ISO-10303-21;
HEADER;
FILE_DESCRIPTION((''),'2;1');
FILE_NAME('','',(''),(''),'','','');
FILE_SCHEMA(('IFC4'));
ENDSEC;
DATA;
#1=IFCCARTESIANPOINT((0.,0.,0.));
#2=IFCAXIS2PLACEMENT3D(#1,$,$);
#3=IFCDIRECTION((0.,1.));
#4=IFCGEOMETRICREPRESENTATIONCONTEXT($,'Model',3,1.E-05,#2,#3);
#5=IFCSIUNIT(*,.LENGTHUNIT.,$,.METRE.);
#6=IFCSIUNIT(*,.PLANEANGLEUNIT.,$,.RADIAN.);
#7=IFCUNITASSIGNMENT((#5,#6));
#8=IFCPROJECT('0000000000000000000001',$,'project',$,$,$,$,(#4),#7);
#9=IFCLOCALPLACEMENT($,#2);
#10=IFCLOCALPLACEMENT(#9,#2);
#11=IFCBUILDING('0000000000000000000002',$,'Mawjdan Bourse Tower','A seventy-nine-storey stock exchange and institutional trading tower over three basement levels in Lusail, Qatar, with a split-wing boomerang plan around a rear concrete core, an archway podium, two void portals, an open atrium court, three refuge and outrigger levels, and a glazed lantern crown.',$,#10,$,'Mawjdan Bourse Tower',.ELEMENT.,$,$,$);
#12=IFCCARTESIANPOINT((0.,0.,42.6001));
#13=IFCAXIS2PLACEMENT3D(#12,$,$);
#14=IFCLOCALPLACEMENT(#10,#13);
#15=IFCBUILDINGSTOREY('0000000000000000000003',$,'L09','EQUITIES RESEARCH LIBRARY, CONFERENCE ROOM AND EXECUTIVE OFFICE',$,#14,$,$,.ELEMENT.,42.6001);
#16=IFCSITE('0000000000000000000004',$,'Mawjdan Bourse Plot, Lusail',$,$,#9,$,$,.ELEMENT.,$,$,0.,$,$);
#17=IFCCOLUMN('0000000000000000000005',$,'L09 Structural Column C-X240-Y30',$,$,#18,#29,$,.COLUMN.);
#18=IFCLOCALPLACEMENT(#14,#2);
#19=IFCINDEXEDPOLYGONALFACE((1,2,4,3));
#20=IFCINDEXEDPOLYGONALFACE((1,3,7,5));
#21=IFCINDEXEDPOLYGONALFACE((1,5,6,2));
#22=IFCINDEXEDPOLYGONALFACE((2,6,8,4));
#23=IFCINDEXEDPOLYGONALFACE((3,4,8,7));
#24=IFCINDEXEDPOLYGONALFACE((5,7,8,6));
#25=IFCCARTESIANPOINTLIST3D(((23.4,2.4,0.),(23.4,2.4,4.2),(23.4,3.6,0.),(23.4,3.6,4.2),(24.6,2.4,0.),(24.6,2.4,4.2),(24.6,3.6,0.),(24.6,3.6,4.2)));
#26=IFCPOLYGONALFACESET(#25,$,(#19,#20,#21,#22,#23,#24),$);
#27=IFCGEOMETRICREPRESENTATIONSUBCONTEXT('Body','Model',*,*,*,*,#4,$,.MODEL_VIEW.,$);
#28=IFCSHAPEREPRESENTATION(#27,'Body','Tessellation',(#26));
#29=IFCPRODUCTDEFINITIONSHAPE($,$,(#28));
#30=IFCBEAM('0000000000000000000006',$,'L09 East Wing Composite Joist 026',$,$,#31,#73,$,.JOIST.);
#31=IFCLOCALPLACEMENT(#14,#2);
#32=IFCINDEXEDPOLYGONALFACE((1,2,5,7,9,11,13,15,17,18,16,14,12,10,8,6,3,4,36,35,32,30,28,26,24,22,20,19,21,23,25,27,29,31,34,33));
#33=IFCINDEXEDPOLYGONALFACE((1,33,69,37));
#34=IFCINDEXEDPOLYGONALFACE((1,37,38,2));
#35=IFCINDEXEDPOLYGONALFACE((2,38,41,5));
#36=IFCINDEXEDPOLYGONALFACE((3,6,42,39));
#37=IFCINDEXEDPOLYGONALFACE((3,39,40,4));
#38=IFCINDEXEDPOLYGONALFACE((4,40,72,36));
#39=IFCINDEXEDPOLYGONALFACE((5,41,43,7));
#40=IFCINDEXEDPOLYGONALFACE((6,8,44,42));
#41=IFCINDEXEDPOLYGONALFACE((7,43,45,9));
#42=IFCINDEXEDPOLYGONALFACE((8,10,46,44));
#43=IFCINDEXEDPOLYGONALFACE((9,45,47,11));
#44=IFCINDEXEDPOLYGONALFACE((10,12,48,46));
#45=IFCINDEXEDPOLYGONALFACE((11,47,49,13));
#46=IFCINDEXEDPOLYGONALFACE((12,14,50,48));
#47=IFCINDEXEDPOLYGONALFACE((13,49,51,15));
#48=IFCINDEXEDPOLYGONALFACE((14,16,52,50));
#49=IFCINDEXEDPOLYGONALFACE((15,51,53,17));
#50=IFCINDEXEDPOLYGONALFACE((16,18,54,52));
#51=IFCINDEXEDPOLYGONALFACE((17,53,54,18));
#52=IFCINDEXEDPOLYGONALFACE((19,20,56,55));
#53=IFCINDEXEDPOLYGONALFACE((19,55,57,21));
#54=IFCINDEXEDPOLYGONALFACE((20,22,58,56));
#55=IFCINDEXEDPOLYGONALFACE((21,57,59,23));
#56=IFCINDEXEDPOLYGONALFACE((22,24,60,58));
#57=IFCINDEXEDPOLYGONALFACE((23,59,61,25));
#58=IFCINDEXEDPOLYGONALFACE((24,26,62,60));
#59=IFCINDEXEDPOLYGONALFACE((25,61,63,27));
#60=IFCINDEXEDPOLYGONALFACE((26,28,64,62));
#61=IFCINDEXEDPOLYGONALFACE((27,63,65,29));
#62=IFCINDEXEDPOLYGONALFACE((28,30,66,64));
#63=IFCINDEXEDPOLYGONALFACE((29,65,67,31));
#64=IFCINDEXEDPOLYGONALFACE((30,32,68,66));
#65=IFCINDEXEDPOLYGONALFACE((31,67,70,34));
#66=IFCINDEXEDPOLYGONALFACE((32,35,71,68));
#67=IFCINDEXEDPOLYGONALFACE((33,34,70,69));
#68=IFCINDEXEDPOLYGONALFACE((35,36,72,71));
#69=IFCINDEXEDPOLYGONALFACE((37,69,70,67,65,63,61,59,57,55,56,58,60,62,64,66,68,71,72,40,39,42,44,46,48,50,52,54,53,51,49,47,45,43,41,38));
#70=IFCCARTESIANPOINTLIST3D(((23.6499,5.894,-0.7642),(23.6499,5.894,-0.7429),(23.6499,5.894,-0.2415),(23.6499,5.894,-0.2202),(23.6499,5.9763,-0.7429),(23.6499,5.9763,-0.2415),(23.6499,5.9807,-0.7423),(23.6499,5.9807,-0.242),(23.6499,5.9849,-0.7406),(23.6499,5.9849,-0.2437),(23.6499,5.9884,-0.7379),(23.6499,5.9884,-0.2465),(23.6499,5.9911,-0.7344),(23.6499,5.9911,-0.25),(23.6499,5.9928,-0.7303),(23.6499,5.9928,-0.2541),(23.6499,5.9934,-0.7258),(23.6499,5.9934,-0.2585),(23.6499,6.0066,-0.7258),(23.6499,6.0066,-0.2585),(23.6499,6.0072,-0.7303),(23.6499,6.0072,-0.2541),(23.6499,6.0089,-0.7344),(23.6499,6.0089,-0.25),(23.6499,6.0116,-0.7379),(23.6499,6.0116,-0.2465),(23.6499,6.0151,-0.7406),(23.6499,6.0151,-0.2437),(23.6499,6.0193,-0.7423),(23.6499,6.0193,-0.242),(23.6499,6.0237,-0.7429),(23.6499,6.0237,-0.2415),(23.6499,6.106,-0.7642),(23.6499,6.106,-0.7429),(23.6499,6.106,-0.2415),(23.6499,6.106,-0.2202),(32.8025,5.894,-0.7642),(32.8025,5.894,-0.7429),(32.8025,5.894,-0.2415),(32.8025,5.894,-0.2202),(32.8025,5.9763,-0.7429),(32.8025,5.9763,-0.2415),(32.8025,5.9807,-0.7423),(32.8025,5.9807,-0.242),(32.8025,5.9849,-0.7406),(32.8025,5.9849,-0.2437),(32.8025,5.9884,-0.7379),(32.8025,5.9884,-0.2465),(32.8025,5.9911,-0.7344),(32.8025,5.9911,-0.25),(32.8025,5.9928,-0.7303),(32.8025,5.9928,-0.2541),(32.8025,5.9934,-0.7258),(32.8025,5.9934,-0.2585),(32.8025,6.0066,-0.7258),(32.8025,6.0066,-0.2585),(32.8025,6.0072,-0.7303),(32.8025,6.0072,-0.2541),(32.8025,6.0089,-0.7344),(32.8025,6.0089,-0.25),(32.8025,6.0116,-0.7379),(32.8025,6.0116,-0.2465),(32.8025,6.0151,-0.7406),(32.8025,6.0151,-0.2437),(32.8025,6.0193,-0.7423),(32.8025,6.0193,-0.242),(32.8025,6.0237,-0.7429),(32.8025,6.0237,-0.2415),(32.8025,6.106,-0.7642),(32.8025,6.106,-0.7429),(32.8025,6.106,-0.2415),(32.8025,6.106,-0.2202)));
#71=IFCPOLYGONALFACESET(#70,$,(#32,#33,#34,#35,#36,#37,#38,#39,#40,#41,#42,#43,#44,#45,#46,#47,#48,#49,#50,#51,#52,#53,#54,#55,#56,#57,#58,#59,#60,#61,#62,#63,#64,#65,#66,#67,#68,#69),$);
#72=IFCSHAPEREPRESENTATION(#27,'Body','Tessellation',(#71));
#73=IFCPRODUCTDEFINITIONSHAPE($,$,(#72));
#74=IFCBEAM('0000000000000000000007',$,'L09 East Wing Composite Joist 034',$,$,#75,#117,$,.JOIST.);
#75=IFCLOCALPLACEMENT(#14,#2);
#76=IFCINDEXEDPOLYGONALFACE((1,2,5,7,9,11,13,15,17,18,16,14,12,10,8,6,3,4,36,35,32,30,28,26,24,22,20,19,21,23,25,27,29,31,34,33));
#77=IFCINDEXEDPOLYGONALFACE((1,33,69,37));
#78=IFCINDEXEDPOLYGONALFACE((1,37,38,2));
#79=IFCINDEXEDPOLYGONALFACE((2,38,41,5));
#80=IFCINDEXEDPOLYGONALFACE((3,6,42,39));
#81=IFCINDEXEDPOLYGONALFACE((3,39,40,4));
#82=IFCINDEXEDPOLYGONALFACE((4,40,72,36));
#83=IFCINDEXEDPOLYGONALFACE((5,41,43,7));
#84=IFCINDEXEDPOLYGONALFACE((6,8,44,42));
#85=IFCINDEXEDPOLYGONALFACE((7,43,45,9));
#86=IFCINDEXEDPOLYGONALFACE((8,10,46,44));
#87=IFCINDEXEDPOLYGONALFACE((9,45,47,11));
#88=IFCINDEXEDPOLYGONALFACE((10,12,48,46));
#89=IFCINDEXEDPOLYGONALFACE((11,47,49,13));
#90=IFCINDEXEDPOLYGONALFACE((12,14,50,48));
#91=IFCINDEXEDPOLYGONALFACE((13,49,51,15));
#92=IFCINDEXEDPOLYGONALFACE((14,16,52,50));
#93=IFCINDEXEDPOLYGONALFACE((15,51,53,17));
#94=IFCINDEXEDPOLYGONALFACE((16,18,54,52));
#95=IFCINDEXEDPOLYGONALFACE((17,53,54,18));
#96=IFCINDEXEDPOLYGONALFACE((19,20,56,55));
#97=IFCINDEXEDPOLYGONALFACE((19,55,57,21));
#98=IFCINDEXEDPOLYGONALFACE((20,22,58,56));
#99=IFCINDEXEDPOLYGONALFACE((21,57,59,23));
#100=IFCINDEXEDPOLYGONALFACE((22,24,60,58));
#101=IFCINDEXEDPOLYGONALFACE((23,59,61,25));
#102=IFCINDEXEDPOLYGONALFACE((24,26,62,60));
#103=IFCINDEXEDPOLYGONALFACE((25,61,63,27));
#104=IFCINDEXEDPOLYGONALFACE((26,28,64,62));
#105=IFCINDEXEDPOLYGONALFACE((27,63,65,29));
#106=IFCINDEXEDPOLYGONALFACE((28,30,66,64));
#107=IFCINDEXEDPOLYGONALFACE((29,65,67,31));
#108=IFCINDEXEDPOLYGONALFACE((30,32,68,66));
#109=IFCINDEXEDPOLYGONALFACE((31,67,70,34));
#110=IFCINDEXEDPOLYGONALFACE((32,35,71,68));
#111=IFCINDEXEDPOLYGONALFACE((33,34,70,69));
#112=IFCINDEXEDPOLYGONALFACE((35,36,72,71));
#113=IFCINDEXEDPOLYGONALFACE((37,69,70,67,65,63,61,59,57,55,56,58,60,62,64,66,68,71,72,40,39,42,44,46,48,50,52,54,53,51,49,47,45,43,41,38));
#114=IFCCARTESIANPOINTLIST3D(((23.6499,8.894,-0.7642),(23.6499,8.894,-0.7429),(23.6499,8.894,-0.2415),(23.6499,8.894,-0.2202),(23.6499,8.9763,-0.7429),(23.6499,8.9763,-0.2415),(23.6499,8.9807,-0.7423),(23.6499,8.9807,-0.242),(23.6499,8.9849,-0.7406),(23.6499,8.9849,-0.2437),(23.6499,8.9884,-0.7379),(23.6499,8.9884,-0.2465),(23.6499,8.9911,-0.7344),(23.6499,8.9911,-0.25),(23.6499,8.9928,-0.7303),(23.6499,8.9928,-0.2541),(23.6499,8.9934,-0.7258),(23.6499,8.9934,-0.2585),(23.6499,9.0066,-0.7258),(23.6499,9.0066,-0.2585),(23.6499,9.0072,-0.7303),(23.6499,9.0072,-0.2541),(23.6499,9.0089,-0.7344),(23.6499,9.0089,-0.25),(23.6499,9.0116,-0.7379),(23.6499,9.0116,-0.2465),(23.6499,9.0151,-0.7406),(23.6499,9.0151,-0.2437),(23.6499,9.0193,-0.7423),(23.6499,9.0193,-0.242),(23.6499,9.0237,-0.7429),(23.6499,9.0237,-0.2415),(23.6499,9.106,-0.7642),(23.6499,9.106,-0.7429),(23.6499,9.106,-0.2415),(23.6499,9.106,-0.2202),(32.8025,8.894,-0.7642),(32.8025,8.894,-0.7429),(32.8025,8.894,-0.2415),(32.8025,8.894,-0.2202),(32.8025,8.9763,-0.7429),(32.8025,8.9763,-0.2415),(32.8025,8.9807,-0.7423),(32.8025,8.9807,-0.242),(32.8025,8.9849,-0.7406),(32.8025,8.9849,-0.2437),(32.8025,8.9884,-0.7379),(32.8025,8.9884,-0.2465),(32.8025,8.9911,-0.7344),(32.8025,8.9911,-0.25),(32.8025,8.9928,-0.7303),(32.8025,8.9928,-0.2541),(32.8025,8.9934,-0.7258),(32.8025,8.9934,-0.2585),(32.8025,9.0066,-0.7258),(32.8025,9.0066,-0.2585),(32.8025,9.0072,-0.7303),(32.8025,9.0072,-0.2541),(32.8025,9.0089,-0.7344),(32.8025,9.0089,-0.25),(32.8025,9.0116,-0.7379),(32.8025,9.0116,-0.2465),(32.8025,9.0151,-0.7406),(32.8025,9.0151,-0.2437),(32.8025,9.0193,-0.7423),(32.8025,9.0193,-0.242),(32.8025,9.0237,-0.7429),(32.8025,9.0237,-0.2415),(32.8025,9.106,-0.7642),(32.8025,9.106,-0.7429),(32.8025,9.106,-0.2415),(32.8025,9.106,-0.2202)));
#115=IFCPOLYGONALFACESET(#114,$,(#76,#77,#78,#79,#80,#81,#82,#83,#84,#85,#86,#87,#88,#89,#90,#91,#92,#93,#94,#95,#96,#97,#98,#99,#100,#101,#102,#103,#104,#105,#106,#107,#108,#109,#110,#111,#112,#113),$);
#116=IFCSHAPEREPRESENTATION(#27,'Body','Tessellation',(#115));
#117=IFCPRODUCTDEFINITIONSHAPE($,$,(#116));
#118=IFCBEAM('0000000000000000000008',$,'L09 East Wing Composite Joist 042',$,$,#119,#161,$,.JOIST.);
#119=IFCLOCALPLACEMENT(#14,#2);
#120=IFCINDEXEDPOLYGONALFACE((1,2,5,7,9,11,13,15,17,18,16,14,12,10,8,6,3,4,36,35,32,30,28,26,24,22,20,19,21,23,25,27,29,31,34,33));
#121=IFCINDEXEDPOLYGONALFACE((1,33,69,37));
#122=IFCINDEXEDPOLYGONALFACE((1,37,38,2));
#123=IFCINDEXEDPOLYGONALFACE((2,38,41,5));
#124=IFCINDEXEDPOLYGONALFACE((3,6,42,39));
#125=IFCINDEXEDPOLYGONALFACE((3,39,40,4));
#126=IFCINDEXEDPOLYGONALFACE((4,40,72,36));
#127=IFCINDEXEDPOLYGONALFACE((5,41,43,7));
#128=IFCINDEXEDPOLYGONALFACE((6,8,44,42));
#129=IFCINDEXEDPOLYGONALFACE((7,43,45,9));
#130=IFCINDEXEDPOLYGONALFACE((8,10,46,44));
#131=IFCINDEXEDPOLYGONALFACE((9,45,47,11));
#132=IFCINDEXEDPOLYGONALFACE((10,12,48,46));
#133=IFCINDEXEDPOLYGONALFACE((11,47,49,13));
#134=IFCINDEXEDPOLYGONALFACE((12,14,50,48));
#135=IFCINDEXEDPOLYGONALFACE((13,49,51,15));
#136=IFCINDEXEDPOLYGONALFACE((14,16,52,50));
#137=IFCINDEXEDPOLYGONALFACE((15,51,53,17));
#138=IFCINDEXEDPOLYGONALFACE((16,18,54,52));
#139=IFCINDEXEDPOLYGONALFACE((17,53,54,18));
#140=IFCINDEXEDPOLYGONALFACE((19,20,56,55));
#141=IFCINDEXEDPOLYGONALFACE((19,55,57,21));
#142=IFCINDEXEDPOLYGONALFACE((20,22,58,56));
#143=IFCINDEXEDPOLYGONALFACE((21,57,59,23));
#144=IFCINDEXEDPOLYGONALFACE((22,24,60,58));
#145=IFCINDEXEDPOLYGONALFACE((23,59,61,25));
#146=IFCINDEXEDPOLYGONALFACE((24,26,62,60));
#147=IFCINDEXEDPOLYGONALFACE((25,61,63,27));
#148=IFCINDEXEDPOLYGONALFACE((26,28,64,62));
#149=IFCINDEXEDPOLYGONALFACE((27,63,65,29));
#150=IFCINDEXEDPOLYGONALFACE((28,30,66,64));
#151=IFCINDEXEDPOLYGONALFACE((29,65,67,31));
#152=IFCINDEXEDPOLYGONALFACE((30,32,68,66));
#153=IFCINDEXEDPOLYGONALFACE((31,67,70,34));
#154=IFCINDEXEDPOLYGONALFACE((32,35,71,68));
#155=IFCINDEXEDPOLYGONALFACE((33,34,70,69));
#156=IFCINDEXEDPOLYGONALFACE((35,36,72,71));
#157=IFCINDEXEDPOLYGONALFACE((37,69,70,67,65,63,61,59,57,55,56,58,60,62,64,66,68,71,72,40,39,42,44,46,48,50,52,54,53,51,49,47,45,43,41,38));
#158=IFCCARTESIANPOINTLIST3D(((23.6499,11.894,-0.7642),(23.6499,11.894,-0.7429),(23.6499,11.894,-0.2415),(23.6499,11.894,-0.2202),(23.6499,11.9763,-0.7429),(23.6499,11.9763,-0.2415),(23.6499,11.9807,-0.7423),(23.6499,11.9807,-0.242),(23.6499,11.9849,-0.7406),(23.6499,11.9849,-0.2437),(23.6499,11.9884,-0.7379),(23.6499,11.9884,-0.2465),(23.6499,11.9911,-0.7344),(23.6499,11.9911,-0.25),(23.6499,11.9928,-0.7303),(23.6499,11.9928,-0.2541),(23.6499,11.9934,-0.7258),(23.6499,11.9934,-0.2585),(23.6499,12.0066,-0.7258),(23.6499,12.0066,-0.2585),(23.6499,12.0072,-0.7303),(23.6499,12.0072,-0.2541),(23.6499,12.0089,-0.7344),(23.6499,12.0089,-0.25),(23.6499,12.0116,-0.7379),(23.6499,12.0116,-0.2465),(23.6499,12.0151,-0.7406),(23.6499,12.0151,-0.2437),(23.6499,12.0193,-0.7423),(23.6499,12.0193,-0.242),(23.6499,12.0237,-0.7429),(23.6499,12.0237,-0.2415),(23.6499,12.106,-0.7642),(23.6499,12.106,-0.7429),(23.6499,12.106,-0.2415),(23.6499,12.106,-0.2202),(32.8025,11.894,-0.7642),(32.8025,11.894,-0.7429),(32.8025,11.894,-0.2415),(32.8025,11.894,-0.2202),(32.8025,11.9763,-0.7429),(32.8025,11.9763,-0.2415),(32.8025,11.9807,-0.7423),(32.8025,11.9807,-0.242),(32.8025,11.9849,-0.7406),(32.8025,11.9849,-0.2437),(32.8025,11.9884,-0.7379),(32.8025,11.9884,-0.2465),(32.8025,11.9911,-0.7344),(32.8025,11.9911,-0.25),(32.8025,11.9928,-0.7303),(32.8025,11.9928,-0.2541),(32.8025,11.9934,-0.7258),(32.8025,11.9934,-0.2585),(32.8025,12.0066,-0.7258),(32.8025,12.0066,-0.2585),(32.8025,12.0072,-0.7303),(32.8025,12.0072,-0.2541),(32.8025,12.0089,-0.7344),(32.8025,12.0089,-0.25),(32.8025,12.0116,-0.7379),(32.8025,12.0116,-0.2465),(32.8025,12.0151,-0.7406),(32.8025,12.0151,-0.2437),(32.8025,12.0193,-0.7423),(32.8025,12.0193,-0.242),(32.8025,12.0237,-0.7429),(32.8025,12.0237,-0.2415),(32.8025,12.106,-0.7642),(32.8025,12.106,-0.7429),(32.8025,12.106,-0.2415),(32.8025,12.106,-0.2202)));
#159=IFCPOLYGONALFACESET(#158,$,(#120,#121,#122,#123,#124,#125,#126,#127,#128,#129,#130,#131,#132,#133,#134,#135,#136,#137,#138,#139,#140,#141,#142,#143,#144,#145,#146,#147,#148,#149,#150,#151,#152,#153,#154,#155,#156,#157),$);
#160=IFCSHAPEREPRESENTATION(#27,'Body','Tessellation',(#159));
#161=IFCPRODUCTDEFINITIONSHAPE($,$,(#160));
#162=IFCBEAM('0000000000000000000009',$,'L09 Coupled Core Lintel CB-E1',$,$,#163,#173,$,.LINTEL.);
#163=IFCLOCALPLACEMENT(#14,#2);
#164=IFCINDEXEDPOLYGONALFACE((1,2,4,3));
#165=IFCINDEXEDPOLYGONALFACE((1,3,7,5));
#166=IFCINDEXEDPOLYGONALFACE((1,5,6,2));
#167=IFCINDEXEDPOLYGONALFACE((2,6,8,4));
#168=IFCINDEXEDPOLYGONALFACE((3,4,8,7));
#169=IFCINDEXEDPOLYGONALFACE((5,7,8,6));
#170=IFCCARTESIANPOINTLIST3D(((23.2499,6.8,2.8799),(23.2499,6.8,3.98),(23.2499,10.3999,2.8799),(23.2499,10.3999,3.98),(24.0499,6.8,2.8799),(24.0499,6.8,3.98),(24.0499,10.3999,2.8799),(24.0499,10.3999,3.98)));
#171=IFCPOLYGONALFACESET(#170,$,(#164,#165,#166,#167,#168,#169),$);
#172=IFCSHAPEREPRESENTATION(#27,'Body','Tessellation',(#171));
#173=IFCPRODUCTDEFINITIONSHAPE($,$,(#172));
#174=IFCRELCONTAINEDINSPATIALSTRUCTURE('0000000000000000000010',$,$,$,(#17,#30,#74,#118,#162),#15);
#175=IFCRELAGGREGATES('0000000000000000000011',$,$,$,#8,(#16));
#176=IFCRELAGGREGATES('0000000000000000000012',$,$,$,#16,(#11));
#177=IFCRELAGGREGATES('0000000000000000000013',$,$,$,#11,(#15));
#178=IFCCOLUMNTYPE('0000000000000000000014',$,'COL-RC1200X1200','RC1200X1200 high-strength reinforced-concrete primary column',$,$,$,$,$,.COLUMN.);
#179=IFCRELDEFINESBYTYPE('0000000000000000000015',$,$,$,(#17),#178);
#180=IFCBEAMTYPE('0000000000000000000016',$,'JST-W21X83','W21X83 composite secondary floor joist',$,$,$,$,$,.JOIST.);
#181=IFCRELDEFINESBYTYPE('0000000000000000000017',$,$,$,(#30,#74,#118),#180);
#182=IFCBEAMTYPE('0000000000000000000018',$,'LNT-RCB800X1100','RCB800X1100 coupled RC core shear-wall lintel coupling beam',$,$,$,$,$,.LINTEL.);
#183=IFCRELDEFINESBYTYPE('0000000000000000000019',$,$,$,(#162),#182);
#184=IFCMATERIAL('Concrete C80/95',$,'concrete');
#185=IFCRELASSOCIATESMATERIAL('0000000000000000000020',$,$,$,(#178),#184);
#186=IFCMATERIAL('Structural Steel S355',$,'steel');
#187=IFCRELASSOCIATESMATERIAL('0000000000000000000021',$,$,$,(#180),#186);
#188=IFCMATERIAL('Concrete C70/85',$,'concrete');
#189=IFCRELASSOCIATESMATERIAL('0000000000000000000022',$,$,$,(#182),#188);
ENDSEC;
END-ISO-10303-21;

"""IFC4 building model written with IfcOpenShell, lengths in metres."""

from ifc_helpers import new_model, si_unit, direction, frame, origin, origin_2d, place, context, subcontext, project, spatial, rectangle, i_section, extrude, material, material_profile, profile_set, type_object, element, save


model = new_model("IFC4")

# Units and contexts
model_context = context("Model", 3, precision=1e-05, world=origin(), true_north=direction((0.0, 1.0)))
body_context = subcontext(model_context, "Body", "Model", "MODEL_VIEW")
ifc_project = project(units=[si_unit("LENGTHUNIT", "METRE"), si_unit("PLANEANGLEUNIT", "RADIAN")], contexts=[model_context])

# Site, building, storey
site_placement = place(None, origin())
site = spatial("IfcSite", under=ifc_project, at=site_placement, Name="Mawjdan Bourse Plot, Lusail", CompositionType="ELEMENT", RefElevation=0.0)
building_placement = place(site_placement, origin())
building = spatial("IfcBuilding", under=site, at=building_placement, Name="Mawjdan Bourse Tower", Description="A seventy-nine-storey stock exchange and institutional trading tower over three basement levels in Lusail, Qatar, with a split-wing boomerang plan around a rear concrete core, an archway podium, two void portals, an open atrium court, three refuge and outrigger levels, and a glazed lantern crown.", LongName="Mawjdan Bourse Tower", CompositionType="ELEMENT")
storey_placement = place(building_placement, frame((0.0, 0.0, 42.6001)))
storey = spatial("IfcBuildingStorey", under=building, at=storey_placement, Name="L09", Description="EQUITIES RESEARCH LIBRARY, CONFERENCE ROOM AND EXECUTIVE OFFICE", CompositionType="ELEMENT", Elevation=42.6001)

# Column
ifc_material_1 = material(Name="Concrete C80/95", Category="concrete")
ifc_material_profile_1 = material_profile(ifc_material_1, rectangle(XDim=1.2, YDim=1.2, at=origin_2d()), Name="RC1200X1200")
ifc_profile_set_1 = profile_set([ifc_material_profile_1], Name="Concrete C80/95")
column_type = type_object("IfcColumnType", Name="COL-RC1200X1200", Description="RC1200X1200 high-strength reinforced-concrete primary column", PredefinedType="COLUMN", material=ifc_profile_set_1)
column_placement = place(storey_placement, frame((24.0, 3.0, 0.0), z_axis=(0.0, 0.0, 1.0), x_axis=(1.0, 0.0, 0.0)))
element("IfcColumn", 1, at=column_placement, inside=storey, type_object=column_type, Name="L09 Structural Column C-X240-Y30", PredefinedType="COLUMN", context=body_context, shape_type="SweptSolid", body=[
    extrude(rectangle(XDim=1.2, YDim=1.2, at=origin_2d()), origin(), (0.0, 0.0, 1.0), 4.2),
])

# Beams
ifc_material_2 = material(Name="Structural Steel S355", Category="steel")
ifc_material_profile_2 = material_profile(ifc_material_2, i_section(OverallWidth=0.2119, OverallDepth=0.5439, WebThickness=0.0132, FlangeThickness=0.0212, FilletRadius=0.0171, at=origin_2d()), Name="W21X83")
ifc_profile_set_2 = profile_set([ifc_material_profile_2], Name="Structural Steel S355")
beam_type_1 = type_object("IfcBeamType", Name="JST-W21X83", Description="W21X83 composite secondary floor joist", PredefinedType="JOIST", material=ifc_profile_set_2)
for number, where, z_axis, x_axis, name in (
    (2, (23.6499, 6.0, -0.4922), (1.0, 0.0, 0.0), (0.0, 1.0, 0.0), "L09 East Wing Composite Joist 026"),
    (3, (23.6499, 9.0, -0.4922), (1.0, 0.0, 0.0), (0.0, 1.0, 0.0), "L09 East Wing Composite Joist 034"),
    (4, (23.6499, 12.0, -0.4922), (1.0, 0.0, 0.0), (0.0, 1.0, 0.0), "L09 East Wing Composite Joist 042"),
):
    element("IfcBeam", number, at=place(storey_placement, frame(where, z_axis=z_axis, x_axis=x_axis)), inside=storey, type_object=beam_type_1, Name=name, PredefinedType="JOIST", context=body_context, shape_type="SweptSolid", body=[
        extrude(i_section(OverallWidth=0.2119, OverallDepth=0.5439, WebThickness=0.0132, FlangeThickness=0.0212, FilletRadius=0.0171, at=origin_2d()), origin(), (0.0, 0.0, 1.0), 9.1526),
    ])
ifc_material_3 = material(Name="Concrete C70/85", Category="concrete")
ifc_material_profile_3 = material_profile(ifc_material_3, rectangle(XDim=0.8, YDim=1.1001, at=origin_2d()), Name="RCB800X1100")
ifc_profile_set_3 = profile_set([ifc_material_profile_3], Name="Concrete C70/85")
beam_type_2 = type_object("IfcBeamType", Name="LNT-RCB800X1100", Description="RCB800X1100 coupled RC core shear-wall lintel coupling beam", PredefinedType="LINTEL", material=ifc_profile_set_3)
beam_1_placement = place(storey_placement, frame((23.6499, 6.8, 3.4299), z_axis=(0.0, 1.0, 0.0), x_axis=(-1.0, 0.0, 0.0)))
element("IfcBeam", 5, at=beam_1_placement, inside=storey, type_object=beam_type_2, Name="L09 Coupled Core Lintel CB-E1", PredefinedType="LINTEL", context=body_context, shape_type="SweptSolid", body=[
    extrude(rectangle(XDim=0.8, YDim=1.1001, at=origin_2d()), origin(), (0.0, 0.0, 1.0), 3.5999),
])

save(model, "model.ifc")
